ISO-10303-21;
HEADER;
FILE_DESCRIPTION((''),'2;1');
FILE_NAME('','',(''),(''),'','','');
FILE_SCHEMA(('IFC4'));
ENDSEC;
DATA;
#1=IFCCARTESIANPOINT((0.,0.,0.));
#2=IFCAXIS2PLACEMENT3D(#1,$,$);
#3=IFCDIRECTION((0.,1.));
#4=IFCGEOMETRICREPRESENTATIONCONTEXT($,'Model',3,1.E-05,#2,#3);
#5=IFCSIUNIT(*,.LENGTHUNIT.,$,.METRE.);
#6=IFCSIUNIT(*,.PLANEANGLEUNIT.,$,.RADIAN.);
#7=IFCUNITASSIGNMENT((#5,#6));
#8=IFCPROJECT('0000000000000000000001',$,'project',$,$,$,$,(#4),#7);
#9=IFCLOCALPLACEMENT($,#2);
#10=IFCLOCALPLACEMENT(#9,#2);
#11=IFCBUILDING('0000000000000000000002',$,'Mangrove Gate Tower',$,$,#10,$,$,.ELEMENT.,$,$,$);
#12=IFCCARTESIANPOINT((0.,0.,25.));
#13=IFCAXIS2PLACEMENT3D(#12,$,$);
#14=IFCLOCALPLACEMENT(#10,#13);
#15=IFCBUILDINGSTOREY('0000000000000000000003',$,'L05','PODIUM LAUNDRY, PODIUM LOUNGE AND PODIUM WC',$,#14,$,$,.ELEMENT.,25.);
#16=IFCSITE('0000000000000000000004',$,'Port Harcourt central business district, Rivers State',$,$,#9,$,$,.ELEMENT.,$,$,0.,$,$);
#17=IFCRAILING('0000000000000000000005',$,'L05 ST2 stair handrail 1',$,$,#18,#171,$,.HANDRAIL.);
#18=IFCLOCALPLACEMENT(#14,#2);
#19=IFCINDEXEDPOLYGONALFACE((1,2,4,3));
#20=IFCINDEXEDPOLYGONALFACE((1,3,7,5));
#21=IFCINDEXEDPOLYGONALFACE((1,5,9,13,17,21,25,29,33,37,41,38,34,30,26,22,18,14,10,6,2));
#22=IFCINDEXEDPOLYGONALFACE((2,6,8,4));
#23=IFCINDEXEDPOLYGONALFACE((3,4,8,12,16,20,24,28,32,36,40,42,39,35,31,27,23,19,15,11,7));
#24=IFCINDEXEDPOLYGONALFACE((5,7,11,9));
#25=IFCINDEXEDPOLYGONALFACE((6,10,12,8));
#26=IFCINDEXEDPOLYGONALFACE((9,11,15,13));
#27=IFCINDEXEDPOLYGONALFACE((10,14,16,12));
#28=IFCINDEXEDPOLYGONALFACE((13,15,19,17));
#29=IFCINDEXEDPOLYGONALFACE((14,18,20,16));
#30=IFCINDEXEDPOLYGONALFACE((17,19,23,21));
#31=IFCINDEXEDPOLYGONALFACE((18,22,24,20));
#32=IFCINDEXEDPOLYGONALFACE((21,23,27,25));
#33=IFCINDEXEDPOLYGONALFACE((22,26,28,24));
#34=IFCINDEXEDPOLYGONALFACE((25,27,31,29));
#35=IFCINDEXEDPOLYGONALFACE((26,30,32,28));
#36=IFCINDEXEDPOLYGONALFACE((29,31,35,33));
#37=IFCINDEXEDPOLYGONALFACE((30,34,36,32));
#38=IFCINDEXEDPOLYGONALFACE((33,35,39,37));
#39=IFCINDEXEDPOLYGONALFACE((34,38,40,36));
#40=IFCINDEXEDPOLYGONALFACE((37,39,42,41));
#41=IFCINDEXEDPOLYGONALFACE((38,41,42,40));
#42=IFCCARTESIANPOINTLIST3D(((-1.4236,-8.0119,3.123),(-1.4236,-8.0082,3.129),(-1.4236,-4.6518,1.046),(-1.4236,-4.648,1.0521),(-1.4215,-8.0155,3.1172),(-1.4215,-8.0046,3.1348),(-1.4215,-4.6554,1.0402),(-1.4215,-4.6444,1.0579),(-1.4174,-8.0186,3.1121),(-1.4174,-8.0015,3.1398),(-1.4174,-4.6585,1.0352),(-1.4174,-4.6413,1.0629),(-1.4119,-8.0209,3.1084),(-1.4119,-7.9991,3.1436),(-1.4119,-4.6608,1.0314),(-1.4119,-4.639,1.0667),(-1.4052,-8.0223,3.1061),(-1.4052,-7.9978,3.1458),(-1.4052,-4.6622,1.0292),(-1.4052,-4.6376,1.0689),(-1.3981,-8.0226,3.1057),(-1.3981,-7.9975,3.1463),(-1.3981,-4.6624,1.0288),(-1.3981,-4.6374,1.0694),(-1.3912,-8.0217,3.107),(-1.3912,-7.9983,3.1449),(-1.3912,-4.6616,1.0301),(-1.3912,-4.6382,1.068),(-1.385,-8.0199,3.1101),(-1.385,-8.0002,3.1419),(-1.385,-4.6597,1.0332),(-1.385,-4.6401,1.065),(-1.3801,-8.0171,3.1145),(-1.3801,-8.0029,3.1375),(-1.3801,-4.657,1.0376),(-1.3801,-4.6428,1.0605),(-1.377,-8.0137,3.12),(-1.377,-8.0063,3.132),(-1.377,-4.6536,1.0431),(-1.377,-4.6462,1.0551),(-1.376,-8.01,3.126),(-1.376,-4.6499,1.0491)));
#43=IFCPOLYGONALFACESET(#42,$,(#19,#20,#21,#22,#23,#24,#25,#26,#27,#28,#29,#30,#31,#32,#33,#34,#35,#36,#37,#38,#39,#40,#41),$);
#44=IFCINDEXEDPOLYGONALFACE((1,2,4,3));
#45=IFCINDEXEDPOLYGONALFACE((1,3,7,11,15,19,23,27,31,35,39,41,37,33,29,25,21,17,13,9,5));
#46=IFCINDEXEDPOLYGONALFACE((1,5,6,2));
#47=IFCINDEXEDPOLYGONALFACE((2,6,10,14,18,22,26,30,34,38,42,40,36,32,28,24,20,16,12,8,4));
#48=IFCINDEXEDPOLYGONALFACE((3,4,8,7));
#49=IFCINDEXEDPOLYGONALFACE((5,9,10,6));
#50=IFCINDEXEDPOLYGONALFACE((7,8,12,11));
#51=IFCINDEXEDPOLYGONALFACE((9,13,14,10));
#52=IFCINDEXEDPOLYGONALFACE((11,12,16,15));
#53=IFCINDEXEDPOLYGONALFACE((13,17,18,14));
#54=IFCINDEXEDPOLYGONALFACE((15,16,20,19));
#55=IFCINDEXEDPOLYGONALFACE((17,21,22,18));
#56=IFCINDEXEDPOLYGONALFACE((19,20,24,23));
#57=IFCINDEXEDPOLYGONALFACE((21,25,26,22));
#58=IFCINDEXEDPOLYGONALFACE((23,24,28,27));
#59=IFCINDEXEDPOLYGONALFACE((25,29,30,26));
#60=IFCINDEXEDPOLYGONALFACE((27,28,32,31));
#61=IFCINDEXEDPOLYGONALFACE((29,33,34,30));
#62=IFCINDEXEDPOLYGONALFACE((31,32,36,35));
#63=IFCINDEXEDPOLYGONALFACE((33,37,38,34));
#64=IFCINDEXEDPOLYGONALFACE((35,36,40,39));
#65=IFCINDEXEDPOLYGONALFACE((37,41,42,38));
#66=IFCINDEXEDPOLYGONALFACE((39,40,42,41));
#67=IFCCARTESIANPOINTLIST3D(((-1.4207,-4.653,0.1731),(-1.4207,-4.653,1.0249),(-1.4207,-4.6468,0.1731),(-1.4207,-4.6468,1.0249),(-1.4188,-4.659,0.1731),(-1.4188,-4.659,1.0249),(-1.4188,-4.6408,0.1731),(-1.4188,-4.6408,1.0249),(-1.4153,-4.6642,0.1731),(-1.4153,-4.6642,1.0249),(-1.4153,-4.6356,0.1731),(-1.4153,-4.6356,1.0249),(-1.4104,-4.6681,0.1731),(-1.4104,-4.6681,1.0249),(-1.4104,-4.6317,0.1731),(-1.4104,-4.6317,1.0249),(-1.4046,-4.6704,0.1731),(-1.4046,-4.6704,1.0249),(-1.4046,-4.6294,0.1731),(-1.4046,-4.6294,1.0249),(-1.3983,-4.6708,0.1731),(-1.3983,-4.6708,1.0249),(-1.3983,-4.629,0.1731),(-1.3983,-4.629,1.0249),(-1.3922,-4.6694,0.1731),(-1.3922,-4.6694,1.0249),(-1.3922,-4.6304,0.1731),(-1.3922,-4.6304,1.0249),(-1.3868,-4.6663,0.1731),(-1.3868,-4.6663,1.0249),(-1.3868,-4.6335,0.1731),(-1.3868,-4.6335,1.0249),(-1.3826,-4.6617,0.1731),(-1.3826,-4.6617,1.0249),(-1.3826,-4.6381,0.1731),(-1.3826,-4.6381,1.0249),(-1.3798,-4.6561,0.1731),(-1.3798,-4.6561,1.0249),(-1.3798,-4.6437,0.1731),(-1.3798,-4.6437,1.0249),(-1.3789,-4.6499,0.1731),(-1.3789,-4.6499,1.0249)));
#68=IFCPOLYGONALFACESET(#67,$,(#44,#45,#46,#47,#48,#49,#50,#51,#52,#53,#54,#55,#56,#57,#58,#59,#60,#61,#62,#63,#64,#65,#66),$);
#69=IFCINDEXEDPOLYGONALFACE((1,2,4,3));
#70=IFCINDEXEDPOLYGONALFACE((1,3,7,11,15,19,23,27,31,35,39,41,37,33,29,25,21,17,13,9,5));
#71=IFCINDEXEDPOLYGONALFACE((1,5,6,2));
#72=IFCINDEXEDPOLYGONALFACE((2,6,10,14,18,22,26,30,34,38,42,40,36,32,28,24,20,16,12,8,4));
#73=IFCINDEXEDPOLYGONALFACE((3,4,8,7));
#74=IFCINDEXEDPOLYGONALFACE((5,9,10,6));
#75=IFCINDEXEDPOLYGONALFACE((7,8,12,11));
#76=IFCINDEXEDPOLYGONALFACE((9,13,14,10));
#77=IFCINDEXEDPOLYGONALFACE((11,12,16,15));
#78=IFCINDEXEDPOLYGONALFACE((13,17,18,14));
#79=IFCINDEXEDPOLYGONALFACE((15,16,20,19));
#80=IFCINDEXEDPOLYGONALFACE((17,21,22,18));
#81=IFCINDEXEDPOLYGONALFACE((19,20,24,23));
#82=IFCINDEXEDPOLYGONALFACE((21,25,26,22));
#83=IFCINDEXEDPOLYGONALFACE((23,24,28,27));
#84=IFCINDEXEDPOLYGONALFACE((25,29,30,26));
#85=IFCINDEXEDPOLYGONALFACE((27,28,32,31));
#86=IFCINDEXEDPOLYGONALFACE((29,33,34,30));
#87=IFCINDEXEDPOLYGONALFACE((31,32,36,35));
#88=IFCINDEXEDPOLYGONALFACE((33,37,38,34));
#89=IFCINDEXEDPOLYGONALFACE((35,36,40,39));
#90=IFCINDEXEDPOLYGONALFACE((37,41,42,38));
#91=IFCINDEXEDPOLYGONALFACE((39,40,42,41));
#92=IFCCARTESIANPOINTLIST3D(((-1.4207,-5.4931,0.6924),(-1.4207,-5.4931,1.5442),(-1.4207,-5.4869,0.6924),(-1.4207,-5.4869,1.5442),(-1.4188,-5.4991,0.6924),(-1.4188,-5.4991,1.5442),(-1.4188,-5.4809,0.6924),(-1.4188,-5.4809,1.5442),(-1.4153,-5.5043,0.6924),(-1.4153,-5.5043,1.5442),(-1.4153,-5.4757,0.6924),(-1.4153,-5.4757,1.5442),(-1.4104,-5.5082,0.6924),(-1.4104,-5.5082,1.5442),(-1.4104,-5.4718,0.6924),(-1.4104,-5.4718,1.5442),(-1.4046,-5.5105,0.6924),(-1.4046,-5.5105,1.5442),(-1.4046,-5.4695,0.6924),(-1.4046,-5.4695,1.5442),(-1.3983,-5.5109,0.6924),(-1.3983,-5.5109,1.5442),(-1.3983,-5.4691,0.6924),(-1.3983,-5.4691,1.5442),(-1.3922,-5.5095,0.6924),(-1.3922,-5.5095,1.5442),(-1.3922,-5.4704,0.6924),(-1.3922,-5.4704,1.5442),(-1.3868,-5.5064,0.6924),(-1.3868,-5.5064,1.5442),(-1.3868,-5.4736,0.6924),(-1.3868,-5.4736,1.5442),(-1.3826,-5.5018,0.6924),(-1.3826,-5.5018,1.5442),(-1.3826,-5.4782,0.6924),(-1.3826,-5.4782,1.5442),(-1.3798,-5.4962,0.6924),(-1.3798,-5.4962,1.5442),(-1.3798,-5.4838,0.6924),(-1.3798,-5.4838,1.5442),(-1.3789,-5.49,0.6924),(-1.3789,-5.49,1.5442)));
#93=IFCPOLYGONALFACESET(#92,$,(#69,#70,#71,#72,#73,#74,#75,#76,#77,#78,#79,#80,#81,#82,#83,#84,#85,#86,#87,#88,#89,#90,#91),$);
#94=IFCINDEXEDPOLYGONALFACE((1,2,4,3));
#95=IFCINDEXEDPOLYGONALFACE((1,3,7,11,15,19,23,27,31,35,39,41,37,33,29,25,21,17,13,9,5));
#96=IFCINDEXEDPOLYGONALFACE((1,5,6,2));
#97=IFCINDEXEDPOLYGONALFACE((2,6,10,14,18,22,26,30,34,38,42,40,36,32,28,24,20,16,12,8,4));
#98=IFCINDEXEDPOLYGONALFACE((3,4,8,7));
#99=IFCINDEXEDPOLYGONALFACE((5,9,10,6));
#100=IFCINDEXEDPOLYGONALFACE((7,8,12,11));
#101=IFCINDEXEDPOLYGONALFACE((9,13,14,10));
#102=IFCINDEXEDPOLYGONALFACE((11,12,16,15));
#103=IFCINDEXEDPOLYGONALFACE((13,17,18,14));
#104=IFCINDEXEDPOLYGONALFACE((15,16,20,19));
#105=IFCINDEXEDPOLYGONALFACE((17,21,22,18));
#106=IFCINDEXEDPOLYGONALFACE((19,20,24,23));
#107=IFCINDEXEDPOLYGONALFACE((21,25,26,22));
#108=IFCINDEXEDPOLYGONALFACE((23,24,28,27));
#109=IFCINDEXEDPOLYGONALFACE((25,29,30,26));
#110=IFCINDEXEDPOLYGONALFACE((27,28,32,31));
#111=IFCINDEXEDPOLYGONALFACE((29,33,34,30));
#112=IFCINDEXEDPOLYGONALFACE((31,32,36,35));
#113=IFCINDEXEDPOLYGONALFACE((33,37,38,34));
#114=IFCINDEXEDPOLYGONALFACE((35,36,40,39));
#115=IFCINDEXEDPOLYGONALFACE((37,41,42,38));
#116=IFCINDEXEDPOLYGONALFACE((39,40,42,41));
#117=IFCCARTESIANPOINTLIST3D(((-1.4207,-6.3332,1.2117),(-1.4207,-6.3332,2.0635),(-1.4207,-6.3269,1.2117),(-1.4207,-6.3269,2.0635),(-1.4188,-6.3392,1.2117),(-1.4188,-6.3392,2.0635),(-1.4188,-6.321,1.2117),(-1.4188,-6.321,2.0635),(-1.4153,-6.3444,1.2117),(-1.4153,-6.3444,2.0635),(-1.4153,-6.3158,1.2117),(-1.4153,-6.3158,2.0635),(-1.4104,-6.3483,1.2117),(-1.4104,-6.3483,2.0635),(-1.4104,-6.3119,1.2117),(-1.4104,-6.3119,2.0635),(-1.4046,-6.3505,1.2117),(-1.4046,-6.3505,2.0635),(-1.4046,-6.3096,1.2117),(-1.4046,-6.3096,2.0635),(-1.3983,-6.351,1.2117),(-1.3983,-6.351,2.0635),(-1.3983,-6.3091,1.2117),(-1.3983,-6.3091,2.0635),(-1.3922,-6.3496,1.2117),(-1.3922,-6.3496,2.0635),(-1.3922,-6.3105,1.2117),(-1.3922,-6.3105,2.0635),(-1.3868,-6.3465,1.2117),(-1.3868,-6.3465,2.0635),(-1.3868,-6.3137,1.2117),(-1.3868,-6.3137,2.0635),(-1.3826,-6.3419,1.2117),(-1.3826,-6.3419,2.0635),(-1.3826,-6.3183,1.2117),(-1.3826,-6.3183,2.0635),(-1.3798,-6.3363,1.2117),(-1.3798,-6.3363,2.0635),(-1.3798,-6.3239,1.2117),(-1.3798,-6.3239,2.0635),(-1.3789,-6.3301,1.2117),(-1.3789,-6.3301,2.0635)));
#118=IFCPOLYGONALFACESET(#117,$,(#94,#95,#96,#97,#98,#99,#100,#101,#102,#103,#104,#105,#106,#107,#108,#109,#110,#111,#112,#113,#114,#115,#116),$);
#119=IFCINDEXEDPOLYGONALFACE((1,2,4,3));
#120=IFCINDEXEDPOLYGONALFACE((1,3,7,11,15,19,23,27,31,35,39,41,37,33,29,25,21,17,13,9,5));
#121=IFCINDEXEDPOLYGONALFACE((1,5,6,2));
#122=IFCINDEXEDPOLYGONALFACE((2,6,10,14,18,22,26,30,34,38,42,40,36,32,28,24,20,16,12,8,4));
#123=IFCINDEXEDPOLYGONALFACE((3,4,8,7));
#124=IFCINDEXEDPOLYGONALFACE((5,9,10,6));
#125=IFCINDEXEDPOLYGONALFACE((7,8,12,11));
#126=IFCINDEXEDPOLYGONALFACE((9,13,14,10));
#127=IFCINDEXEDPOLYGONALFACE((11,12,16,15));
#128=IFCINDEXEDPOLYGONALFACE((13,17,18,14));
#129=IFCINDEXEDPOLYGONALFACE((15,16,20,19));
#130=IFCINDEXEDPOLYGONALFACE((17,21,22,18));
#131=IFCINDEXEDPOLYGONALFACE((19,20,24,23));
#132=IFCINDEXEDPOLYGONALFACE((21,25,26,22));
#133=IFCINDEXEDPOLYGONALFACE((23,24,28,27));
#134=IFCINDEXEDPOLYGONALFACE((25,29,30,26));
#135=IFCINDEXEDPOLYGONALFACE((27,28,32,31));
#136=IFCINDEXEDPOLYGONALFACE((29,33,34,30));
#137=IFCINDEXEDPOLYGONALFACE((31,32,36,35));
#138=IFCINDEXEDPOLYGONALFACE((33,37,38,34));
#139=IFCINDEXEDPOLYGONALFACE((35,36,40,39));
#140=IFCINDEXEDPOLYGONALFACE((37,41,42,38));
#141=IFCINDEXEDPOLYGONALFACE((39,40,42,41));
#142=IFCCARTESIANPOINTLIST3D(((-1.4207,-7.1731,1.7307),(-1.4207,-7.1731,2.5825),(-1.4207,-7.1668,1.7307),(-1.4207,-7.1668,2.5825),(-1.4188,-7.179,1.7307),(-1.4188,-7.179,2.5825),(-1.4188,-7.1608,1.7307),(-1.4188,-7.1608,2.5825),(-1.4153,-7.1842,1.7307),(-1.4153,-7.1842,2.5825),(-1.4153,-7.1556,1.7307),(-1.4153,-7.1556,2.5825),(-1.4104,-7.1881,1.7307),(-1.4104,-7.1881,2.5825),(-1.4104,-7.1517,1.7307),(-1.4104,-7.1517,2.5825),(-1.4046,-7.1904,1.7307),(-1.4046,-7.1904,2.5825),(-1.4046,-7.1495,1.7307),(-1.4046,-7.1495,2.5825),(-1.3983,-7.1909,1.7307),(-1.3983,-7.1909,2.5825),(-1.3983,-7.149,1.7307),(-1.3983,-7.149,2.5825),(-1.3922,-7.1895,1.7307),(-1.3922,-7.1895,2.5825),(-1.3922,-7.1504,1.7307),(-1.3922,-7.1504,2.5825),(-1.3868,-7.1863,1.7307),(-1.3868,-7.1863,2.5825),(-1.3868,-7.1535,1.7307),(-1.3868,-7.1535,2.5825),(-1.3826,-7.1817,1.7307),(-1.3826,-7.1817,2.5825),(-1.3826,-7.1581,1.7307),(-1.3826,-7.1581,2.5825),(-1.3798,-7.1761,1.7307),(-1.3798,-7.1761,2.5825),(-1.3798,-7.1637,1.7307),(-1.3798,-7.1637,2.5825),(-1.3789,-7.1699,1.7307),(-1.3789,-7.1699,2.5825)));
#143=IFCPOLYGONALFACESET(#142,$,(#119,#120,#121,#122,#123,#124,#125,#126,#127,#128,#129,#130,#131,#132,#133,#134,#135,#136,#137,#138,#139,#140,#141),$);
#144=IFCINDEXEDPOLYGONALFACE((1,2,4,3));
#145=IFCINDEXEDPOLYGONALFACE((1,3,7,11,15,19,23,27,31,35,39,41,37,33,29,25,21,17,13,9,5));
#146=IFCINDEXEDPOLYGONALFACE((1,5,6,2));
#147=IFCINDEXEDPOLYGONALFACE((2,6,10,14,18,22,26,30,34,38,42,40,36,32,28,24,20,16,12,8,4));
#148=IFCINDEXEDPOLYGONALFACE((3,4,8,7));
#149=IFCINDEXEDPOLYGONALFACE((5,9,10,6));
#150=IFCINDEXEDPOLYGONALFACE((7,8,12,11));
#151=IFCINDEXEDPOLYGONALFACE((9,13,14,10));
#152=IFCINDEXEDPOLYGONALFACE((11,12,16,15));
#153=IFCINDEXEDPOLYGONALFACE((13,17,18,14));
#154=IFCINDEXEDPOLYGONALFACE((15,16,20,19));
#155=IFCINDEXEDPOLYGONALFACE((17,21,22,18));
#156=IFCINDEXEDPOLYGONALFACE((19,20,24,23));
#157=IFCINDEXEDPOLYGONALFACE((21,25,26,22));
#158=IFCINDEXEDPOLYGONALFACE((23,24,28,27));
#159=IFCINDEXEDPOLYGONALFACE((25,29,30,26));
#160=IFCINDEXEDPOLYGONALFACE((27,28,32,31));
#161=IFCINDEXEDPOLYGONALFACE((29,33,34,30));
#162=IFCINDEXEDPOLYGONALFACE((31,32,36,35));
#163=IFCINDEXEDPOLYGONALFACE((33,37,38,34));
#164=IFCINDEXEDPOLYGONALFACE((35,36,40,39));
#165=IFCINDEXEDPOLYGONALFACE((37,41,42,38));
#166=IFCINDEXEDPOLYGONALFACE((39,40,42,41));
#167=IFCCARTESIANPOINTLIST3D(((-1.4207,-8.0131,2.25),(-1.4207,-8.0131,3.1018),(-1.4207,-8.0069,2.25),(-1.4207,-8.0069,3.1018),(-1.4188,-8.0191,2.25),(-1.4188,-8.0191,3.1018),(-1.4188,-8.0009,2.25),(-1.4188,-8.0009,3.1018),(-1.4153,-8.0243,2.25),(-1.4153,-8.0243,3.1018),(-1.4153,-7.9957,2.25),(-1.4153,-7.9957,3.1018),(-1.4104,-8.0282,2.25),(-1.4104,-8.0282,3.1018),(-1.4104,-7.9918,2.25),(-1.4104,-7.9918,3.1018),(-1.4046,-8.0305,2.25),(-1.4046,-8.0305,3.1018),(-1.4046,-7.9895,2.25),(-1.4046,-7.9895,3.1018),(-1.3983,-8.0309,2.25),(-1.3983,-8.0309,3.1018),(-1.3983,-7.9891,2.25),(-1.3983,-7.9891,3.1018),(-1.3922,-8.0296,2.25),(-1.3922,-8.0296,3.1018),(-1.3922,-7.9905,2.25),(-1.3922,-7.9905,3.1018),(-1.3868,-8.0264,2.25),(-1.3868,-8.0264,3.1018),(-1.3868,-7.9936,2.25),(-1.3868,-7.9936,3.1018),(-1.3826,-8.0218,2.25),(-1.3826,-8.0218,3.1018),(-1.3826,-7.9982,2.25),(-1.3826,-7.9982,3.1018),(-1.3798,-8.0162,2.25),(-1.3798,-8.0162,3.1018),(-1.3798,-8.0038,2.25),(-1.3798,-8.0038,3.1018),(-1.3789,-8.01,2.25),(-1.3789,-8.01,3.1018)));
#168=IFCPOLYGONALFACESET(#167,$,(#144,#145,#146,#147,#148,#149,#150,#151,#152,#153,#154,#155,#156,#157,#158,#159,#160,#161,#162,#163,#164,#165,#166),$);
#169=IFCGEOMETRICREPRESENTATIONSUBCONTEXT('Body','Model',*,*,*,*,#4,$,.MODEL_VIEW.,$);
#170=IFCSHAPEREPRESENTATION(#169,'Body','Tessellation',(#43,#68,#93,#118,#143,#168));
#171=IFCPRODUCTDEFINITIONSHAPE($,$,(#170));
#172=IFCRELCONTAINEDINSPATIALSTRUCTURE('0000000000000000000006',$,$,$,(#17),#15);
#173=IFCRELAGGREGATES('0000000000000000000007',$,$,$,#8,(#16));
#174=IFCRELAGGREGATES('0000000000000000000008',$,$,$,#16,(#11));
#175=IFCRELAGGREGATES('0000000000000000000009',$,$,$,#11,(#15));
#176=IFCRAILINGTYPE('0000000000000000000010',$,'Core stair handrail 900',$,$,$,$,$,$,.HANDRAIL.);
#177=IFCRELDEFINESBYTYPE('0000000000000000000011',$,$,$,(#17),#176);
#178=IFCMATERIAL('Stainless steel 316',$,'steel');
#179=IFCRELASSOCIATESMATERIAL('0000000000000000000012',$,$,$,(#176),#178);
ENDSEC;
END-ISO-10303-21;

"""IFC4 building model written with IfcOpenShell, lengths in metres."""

from ifc_helpers import new_model, si_unit, direction, frame, origin, origin_2d, place, context, subcontext, project, spatial, circle, extrude, material, type_object, element, save


model = new_model("IFC4")

# Units and contexts
model_context = context("Model", 3, precision=1e-05, world=origin(), true_north=direction((0.0, 1.0)))
body_context = subcontext(model_context, "Body", "Model", "MODEL_VIEW")
ifc_project = project(units=[si_unit("LENGTHUNIT", "METRE"), si_unit("PLANEANGLEUNIT", "RADIAN")], contexts=[model_context])

# Site, building, storey
site_placement = place(None, origin())
site = spatial("IfcSite", under=ifc_project, at=site_placement, Name="Port Harcourt central business district, Rivers State", CompositionType="ELEMENT", RefElevation=0.0)
building_placement = place(site_placement, origin())
building = spatial("IfcBuilding", under=site, at=building_placement, Name="Mangrove Gate Tower", CompositionType="ELEMENT")
storey_placement = place(building_placement, frame((0.0, 0.0, 25.0)))
storey = spatial("IfcBuildingStorey", under=building, at=storey_placement, Name="L05", Description="PODIUM LAUNDRY, PODIUM LOUNGE AND PODIUM WC", CompositionType="ELEMENT", Elevation=25.0)

# Railing
ifc_material_1 = material(Name="Stainless steel 316", Category="steel")
railing_type_1 = type_object("IfcRailingType", Name="Core stair handrail 900", PredefinedType="HANDRAIL", material=ifc_material_1)
railing_1_placement = place(storey_placement, frame((-1.3999, -4.6499, 0.1731)))
element("IfcRailing", 1, at=railing_1_placement, inside=storey, type_object=railing_type_1, Name="L05 ST2 stair handrail 1", PredefinedType="HANDRAIL", context=body_context, shape_type="SweptSolid", body=[
    extrude(circle(Radius=0.0239, at=origin_2d()), frame((0.0, 0.0, 0.876), z_axis=(0.0, -0.850623, 0.525776), x_axis=(1.0, 0.0, 0.0)), (0.0, 0.0, 1.0), 3.9502),
    extrude(circle(Radius=0.021, at=origin_2d()), origin(), (0.0, 0.0, 1.0), 0.8518),
    extrude(circle(Radius=0.021, at=origin_2d()), frame((0.0, -0.8401, 0.5193)), (0.0, 0.0, 1.0), 0.8518),
    extrude(circle(Radius=0.021, at=origin_2d()), frame((0.0, -1.6802, 1.0386)), (0.0, 0.0, 1.0), 0.8518),
    extrude(circle(Radius=0.021, at=origin_2d()), frame((0.0, -2.52, 1.5576)), (0.0, 0.0, 1.0), 0.8518),
    extrude(circle(Radius=0.021, at=origin_2d()), frame((0.0, -3.3601, 2.0769)), (0.0, 0.0, 1.0), 0.8518),
])

save(model, "model.ifc")
